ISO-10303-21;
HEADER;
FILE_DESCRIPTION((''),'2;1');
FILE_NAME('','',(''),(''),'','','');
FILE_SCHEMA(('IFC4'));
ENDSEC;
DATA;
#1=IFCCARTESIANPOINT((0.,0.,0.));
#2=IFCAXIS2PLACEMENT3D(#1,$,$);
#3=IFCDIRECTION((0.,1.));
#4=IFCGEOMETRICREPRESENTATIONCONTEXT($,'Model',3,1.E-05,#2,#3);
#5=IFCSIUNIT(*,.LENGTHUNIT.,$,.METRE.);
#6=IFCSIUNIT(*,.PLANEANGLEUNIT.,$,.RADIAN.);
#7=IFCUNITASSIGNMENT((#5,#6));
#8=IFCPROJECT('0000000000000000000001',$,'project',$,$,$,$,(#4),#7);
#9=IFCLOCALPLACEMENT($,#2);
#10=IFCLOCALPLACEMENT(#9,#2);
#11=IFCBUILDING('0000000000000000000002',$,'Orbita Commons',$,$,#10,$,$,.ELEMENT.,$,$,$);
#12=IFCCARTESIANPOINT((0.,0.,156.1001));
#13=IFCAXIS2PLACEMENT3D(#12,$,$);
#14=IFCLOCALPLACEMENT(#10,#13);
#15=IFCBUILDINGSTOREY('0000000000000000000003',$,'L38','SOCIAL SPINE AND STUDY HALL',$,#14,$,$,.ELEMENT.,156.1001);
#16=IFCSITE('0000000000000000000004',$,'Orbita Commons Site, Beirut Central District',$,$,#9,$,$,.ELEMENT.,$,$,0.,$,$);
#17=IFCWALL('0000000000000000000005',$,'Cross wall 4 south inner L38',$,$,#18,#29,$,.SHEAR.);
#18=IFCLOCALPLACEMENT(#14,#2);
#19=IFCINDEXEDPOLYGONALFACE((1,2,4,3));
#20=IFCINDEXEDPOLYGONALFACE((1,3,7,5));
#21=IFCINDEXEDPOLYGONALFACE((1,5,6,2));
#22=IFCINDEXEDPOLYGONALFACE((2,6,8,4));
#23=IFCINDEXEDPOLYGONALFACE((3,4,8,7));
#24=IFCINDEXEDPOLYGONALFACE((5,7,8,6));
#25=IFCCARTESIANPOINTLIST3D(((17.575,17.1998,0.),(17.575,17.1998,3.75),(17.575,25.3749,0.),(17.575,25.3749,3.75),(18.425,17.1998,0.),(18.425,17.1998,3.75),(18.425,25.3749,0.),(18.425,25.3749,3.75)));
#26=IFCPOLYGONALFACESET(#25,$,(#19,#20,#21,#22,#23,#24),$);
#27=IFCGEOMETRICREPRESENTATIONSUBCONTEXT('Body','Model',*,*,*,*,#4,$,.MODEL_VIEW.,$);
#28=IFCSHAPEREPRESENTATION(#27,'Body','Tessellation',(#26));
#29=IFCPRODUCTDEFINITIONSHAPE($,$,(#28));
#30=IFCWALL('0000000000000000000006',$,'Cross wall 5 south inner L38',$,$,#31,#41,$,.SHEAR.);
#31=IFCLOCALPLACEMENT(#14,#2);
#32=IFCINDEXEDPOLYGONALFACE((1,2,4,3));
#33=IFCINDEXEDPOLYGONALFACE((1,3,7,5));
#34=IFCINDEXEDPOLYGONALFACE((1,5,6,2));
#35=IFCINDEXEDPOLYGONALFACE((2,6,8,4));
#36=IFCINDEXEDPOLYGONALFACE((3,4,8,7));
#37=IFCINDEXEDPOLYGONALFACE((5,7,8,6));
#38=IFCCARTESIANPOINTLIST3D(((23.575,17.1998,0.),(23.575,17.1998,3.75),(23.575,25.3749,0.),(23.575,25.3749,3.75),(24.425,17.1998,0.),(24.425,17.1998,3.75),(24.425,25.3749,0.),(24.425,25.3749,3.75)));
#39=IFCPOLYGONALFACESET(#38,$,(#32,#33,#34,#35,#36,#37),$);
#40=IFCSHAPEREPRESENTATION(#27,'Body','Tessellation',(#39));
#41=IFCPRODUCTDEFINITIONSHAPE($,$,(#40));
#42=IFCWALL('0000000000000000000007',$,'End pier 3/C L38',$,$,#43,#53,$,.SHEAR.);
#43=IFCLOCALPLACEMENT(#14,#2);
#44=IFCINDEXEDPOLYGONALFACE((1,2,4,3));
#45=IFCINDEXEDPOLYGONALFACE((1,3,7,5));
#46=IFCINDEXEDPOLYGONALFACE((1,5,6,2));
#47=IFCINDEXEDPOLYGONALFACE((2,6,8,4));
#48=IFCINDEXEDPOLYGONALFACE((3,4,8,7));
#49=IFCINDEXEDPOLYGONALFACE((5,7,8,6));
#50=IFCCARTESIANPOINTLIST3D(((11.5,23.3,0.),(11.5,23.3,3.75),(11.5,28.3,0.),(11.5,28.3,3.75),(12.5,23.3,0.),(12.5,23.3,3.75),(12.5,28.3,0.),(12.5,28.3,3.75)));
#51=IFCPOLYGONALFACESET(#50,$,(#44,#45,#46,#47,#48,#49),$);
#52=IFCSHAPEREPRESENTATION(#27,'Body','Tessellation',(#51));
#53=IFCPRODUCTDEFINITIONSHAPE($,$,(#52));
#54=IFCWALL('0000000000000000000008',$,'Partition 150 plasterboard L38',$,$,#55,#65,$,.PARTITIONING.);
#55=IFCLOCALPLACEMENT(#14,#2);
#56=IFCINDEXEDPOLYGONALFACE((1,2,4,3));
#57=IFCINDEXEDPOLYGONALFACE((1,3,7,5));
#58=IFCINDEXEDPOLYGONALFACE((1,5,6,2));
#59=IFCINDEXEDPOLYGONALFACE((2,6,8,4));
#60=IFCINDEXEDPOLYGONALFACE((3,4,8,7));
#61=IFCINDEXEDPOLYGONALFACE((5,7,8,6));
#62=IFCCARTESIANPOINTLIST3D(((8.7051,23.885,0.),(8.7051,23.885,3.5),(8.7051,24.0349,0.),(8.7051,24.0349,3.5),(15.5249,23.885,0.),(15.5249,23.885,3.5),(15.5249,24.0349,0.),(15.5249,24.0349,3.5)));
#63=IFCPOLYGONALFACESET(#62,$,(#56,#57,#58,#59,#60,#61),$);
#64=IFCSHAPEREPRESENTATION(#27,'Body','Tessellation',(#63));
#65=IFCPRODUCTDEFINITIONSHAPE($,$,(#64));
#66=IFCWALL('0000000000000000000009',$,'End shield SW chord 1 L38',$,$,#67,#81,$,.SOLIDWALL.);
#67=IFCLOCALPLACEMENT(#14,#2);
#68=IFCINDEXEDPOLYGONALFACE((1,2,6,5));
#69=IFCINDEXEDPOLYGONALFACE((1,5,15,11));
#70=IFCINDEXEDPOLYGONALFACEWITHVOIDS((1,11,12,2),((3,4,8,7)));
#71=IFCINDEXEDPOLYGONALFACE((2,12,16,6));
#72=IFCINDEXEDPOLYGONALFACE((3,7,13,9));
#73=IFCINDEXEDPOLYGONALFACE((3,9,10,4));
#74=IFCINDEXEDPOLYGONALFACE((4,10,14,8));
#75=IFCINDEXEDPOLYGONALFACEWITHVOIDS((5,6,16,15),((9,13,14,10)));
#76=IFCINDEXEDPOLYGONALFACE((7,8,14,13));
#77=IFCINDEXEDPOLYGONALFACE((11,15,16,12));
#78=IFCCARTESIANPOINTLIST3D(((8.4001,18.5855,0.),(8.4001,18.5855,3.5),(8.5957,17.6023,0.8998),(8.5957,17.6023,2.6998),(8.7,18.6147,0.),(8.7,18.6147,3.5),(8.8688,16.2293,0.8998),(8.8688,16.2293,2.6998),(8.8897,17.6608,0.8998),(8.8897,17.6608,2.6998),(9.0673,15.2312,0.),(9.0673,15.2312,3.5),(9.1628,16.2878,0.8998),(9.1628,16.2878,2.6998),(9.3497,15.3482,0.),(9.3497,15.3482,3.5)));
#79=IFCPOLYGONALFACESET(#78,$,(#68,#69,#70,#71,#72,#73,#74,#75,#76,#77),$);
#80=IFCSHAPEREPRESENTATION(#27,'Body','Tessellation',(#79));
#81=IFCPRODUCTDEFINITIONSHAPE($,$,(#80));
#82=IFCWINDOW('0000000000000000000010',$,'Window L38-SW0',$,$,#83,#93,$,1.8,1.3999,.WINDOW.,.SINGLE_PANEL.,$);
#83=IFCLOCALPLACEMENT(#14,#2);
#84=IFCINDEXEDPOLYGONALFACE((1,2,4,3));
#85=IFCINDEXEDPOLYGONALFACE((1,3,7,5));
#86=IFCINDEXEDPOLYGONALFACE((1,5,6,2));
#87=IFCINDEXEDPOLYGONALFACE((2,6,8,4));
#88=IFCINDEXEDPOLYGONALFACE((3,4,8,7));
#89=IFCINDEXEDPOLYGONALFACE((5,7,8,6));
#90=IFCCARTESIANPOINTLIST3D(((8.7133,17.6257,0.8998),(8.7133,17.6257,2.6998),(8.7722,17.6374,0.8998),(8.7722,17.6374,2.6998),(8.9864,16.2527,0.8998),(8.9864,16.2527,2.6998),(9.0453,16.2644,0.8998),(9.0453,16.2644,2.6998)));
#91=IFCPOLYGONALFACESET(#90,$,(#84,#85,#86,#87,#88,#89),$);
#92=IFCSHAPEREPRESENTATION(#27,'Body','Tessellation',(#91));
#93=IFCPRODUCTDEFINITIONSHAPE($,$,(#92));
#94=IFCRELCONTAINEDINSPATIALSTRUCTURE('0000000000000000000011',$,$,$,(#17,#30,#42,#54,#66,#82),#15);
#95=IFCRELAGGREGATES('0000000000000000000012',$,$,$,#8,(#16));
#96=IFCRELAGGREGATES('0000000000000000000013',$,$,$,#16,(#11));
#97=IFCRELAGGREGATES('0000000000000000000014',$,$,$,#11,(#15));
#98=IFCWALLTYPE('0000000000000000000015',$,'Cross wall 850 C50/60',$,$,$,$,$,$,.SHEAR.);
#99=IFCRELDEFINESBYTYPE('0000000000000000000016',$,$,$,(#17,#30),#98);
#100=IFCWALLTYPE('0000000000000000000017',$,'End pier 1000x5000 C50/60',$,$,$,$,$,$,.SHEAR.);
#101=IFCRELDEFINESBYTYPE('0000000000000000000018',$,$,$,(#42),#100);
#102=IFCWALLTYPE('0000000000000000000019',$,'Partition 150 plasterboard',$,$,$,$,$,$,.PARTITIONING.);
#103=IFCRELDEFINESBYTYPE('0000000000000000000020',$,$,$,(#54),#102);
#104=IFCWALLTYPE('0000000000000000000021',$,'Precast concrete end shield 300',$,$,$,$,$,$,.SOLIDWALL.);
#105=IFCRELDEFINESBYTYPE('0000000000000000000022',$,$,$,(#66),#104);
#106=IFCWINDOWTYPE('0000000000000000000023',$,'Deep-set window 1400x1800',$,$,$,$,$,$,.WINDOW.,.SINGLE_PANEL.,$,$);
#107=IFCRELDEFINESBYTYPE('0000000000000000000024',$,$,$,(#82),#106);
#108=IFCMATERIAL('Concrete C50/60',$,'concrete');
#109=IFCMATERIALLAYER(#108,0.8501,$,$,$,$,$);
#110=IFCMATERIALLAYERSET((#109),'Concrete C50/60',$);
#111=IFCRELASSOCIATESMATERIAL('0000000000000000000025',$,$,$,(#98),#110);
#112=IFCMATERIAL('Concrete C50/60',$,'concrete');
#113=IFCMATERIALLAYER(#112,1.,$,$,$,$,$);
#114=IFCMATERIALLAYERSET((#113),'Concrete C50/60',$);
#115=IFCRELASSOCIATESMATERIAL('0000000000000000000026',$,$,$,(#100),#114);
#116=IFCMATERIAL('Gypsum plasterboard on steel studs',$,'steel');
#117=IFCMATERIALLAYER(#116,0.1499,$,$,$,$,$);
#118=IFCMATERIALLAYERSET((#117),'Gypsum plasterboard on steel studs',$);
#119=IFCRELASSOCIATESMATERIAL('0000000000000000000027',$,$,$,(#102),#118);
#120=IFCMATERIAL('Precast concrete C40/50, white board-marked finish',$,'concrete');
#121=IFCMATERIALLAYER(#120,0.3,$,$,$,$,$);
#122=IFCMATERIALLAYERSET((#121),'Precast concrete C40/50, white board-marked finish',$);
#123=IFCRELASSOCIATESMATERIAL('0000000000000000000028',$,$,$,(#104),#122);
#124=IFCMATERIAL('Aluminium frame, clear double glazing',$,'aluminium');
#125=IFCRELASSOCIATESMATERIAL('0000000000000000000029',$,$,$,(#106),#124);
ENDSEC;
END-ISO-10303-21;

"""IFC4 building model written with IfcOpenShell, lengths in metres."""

from ifc_helpers import new_model, si_unit, direction, frame, frame_2d, origin, place, context, subcontext, project, spatial, polyline, rectangle, outline, extrude, material, layer, layer_set, type_object, element, fill, save


model = new_model("IFC4")

# Units and contexts
model_context = context("Model", 3, precision=1e-05, world=origin(), true_north=direction((0.0, 1.0)))
body_context = subcontext(model_context, "Body", "Model", "MODEL_VIEW")
ifc_project = project(units=[si_unit("LENGTHUNIT", "METRE"), si_unit("PLANEANGLEUNIT", "RADIAN")], contexts=[model_context])

# Site, building, storey
site_placement = place(None, origin())
site = spatial("IfcSite", under=ifc_project, at=site_placement, Name="Orbita Commons Site, Beirut Central District", CompositionType="ELEMENT", RefElevation=0.0)
building_placement = place(site_placement, origin())
building = spatial("IfcBuilding", under=site, at=building_placement, Name="Orbita Commons", CompositionType="ELEMENT")
storey_placement = place(building_placement, frame((0.0, 0.0, 156.1001)))
storey = spatial("IfcBuildingStorey", under=building, at=storey_placement, Name="L38", Description="SOCIAL SPINE AND STUDY HALL", CompositionType="ELEMENT", Elevation=156.1001)

# Walls
ifc_material_1 = material(Name="Concrete C50/60", Category="concrete")
ifc_layer_1 = layer(ifc_material_1, 0.8501)
ifc_layer_set_1 = layer_set([ifc_layer_1], Name="Concrete C50/60")
wall_type_1 = type_object("IfcWallType", Name="Cross wall 850 C50/60", PredefinedType="SHEAR", material=ifc_layer_set_1)
for number, where, z_axis, x_axis, name in (
    (1, (18.0, 17.2, 0.0), (0.0, 0.0, 1.0), (0.0, 1.0, 0.0), "Cross wall 4 south inner L38"),
    (2, (24.0, 17.2, 0.0), (0.0, 0.0, 1.0), (0.0, 1.0, 0.0), "Cross wall 5 south inner L38"),
):
    element("IfcWall", number, at=place(storey_placement, frame(where, z_axis=z_axis, x_axis=x_axis)), inside=storey, type_object=wall_type_1, Name=name, PredefinedType="SHEAR", context=body_context, shape_type="SweptSolid", body=[
        extrude(rectangle(XDim=8.175, YDim=0.8501, at=frame_2d((4.0874, 0.0))), origin(), (0.0, 0.0, 1.0), 3.75),
    ])
ifc_material_2 = material(Name="Concrete C50/60", Category="concrete")
ifc_layer_2 = layer(ifc_material_2, 1.0)
ifc_layer_set_2 = layer_set([ifc_layer_2], Name="Concrete C50/60")
wall_type_2 = type_object("IfcWallType", Name="End pier 1000x5000 C50/60", PredefinedType="SHEAR", material=ifc_layer_set_2)
wall_1_placement = place(storey_placement, frame((12.0, 23.3, 0.0), z_axis=(0.0, 0.0, 1.0), x_axis=(0.0, 1.0, 0.0)))
element("IfcWall", 3, at=wall_1_placement, inside=storey, type_object=wall_type_2, Name="End pier 3/C L38", PredefinedType="SHEAR", context=body_context, shape_type="SweptSolid", body=[
    extrude(rectangle(XDim=5.0, YDim=1.0, at=frame_2d((2.5, 0.0))), origin(), (0.0, 0.0, 1.0), 3.75),
])
ifc_material_3 = material(Name="Gypsum plasterboard on steel studs", Category="steel")
ifc_layer_3 = layer(ifc_material_3, 0.1499)
ifc_layer_set_3 = layer_set([ifc_layer_3], Name="Gypsum plasterboard on steel studs")
wall_type_3 = type_object("IfcWallType", Name="Partition 150 plasterboard", PredefinedType="PARTITIONING", material=ifc_layer_set_3)
wall_2_placement = place(storey_placement, frame((8.7051, 23.96, 0.0), z_axis=(0.0, 0.0, 1.0), x_axis=(1.0, 0.0, 0.0)))
element("IfcWall", 4, at=wall_2_placement, inside=storey, type_object=wall_type_3, Name="Partition 150 plasterboard L38", PredefinedType="PARTITIONING", context=body_context, shape_type="SweptSolid", body=[
    extrude(rectangle(XDim=6.8198, YDim=0.1499, at=frame_2d((3.4099, 0.0))), origin(), (0.0, 0.0, 1.0), 3.5),
])

# Wall, opening, window
ifc_material_4 = material(Name="Precast concrete C40/50, white board-marked finish", Category="concrete")
ifc_layer_4 = layer(ifc_material_4, 0.3)
ifc_layer_set_4 = layer_set([ifc_layer_4], Name="Precast concrete C40/50, white board-marked finish")
wall_type_4 = type_object("IfcWallType", Name="Precast concrete end shield 300", PredefinedType="SOLIDWALL", material=ifc_layer_set_4)
wall_3_placement = place(storey_placement, frame((8.55, 18.6001, 0.0), z_axis=(0.0, 0.0, 1.0), x_axis=(0.195087, -0.980786, 0.0)))
wall_3 = element("IfcWall", 5, at=wall_3_placement, inside=storey, type_object=wall_type_4, Name="End shield SW chord 1 L38", PredefinedType="SOLIDWALL", context=body_context, shape_type="SweptSolid", body=[
    extrude(outline(polyline([(-0.0149, -0.1499), (3.405, -0.1499), (3.3455, 0.1499), (0.0149, 0.1499), (-0.0149, -0.1499)])), origin(), (0.0, 0.0, 1.0), 3.5),
])
opening_1_placement = place(wall_3_placement, frame((0.9875, 0.0, 0.8999)))
opening_1 = element("IfcOpeningElement", 6, at=opening_1_placement, cuts=wall_3, PredefinedType="OPENING", context=body_context, shape_type="SweptSolid", body=[
    extrude(rectangle(XDim=1.3999, YDim=1.8, at=frame_2d((0.7, 0.8999))), frame((0.0, 0.1599, 0.0), z_axis=(0.0, -1.0, 0.0), x_axis=(1.0, 0.0, 0.0)), (0.0, 0.0, 1.0), 0.3201),
])
ifc_material_5 = material(Name="Aluminium frame, clear double glazing", Category="aluminium")
window_type = type_object("IfcWindowType", Name="Deep-set window 1400x1800", PartitioningType="SINGLE_PANEL", PredefinedType="WINDOW", material=ifc_material_5)
window_placement = place(opening_1_placement, origin())
window = element("IfcWindow", 7, at=window_placement, inside=storey, type_object=window_type, Name="Window L38-SW0", OverallHeight=1.8, OverallWidth=1.3999, PartitioningType="SINGLE_PANEL", PredefinedType="WINDOW", context=body_context, shape_type="SweptSolid", body=[
    extrude(rectangle(XDim=1.3999, YDim=1.8, at=frame_2d((0.7, 0.8999))), frame((0.0, 0.03, 0.0), z_axis=(0.0, -1.0, 0.0), x_axis=(1.0, 0.0, 0.0)), (0.0, 0.0, 1.0), 0.0601),
])
fill(opening_1, window)

save(model, "model.ifc")
